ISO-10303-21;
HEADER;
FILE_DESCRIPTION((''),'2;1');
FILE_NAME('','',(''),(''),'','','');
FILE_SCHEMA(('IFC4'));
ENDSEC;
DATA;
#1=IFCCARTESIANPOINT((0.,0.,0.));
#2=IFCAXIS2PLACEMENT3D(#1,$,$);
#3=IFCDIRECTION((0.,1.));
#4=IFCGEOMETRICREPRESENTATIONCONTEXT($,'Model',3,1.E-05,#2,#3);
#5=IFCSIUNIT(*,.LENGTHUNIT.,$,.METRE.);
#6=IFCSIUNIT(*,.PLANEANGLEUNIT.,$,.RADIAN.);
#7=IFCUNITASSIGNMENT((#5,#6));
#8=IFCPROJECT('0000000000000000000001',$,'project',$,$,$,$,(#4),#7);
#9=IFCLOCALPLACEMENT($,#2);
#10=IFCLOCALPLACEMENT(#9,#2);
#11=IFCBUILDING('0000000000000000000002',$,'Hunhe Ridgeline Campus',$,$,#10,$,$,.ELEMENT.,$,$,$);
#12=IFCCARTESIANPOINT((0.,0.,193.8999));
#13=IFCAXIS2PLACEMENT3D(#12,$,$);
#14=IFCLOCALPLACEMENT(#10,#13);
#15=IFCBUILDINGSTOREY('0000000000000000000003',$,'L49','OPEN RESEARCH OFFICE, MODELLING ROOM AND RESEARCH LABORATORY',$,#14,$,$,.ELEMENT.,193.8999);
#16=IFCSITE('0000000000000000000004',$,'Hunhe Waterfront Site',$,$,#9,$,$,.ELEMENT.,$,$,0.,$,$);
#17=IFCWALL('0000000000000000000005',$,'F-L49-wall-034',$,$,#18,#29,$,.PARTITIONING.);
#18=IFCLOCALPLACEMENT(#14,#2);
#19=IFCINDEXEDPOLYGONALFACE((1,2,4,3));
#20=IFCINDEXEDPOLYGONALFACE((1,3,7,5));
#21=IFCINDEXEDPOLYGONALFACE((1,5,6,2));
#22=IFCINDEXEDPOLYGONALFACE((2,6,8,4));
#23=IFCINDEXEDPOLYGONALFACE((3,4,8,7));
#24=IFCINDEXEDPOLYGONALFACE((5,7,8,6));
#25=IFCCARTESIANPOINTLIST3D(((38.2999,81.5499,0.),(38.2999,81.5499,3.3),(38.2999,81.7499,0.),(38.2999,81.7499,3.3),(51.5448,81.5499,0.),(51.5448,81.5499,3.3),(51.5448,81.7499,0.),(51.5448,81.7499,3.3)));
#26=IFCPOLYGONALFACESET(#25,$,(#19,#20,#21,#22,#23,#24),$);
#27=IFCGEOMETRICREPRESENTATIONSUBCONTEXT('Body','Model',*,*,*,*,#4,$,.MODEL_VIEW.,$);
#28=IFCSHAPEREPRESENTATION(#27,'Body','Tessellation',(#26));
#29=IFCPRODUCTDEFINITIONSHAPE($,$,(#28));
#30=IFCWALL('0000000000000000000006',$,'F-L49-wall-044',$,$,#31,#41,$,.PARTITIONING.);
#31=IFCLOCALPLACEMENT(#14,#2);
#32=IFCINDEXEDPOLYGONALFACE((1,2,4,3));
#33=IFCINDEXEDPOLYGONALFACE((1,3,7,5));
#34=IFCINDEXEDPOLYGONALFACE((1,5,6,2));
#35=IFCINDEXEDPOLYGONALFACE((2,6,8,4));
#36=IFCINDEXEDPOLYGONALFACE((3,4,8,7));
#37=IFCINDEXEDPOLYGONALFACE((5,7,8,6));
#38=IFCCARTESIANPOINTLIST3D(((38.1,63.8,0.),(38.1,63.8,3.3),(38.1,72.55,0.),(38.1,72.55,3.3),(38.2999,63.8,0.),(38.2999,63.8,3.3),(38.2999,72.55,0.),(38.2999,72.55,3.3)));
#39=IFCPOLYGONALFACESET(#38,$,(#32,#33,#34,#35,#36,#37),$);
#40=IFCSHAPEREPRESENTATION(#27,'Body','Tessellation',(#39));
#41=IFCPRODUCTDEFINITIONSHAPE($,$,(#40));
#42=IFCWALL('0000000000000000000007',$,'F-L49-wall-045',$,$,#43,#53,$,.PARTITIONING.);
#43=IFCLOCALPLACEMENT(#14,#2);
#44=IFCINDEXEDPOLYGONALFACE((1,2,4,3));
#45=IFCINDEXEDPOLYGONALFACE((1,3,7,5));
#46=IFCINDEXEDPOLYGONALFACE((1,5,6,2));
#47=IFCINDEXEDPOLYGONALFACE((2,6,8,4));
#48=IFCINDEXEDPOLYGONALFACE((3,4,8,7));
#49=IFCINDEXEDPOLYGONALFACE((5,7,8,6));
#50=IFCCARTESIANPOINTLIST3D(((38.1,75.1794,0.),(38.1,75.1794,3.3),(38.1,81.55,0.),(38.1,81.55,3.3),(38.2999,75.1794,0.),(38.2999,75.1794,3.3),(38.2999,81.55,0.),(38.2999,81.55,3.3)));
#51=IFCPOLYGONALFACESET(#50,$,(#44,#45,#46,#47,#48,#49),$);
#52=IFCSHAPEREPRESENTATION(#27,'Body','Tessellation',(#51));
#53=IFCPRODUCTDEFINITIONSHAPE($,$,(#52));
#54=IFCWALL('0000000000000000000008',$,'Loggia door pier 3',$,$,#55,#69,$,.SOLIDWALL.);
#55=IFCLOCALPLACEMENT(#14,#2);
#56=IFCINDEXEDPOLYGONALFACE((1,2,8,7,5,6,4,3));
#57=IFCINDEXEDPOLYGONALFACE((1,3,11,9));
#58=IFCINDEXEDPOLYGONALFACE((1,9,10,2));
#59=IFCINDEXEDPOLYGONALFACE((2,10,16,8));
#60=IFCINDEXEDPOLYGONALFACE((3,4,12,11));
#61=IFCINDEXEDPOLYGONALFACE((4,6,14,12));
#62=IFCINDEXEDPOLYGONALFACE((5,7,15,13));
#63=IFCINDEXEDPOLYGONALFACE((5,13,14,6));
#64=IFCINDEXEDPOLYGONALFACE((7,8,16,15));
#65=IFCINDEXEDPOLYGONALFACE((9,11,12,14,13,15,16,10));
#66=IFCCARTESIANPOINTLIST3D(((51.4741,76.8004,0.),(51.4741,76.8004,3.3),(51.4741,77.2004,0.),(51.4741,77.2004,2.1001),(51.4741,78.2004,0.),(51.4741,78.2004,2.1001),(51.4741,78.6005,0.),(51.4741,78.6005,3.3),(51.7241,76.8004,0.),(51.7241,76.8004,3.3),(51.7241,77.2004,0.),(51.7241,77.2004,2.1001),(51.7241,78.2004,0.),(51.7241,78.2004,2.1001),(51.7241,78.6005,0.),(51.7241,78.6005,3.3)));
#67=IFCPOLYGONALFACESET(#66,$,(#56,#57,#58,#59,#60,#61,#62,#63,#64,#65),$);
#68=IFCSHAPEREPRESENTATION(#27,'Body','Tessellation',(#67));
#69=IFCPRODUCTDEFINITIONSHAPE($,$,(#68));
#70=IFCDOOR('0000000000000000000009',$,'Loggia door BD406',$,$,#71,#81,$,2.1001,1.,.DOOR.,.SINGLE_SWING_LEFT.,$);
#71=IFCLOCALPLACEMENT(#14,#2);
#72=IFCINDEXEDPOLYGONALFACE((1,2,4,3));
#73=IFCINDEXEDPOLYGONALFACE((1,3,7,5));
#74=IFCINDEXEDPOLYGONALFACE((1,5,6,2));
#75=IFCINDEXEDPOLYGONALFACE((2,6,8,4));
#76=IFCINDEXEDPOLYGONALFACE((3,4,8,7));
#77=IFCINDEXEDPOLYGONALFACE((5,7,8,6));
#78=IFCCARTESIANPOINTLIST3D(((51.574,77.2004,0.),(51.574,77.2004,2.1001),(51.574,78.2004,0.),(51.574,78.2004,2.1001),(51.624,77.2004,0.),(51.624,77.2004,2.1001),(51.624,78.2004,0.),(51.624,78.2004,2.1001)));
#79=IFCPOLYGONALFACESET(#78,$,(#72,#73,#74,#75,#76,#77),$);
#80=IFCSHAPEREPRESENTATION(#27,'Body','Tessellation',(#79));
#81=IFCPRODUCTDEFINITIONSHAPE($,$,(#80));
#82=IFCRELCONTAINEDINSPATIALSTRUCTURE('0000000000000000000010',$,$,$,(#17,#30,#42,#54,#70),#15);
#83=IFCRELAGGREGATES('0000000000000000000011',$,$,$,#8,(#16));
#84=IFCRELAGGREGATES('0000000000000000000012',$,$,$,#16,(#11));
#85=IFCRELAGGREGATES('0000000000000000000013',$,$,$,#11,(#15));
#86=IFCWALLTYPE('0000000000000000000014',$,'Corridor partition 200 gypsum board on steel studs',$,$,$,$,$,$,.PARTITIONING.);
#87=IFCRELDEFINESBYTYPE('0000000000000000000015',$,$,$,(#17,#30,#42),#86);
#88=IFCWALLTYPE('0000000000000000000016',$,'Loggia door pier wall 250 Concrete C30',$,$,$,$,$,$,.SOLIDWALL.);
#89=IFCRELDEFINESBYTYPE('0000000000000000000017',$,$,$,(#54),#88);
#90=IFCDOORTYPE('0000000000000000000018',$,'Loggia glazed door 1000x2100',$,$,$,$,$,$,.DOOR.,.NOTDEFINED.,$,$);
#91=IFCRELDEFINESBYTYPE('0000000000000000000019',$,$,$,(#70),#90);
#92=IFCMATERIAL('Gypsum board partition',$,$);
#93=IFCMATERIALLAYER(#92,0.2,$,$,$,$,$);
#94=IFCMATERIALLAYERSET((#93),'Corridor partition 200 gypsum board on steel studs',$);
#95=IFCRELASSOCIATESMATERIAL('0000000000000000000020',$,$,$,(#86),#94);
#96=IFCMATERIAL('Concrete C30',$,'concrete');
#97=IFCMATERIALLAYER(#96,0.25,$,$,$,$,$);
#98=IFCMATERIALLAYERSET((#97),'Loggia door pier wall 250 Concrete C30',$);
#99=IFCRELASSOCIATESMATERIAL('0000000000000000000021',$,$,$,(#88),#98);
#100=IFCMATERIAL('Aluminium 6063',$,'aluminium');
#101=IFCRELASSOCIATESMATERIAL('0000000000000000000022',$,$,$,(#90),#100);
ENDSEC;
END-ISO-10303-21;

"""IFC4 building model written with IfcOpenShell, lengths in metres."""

from ifc_helpers import new_model, si_unit, direction, frame, frame_2d, origin, place, context, subcontext, project, spatial, rectangle, extrude, material, layer, layer_set, type_object, element, fill, save


model = new_model("IFC4")

# Units and contexts
model_context = context("Model", 3, precision=1e-05, world=origin(), true_north=direction((0.0, 1.0)))
body_context = subcontext(model_context, "Body", "Model", "MODEL_VIEW")
ifc_project = project(units=[si_unit("LENGTHUNIT", "METRE"), si_unit("PLANEANGLEUNIT", "RADIAN")], contexts=[model_context])

# Site, building, storey
site_placement = place(None, origin())
site = spatial("IfcSite", under=ifc_project, at=site_placement, Name="Hunhe Waterfront Site", CompositionType="ELEMENT", RefElevation=0.0)
building_placement = place(site_placement, origin())
building = spatial("IfcBuilding", under=site, at=building_placement, Name="Hunhe Ridgeline Campus", CompositionType="ELEMENT")
storey_placement = place(building_placement, frame((0.0, 0.0, 193.8999)))
storey = spatial("IfcBuildingStorey", under=building, at=storey_placement, Name="L49", Description="OPEN RESEARCH OFFICE, MODELLING ROOM AND RESEARCH LABORATORY", CompositionType="ELEMENT", Elevation=193.8999)

# Shared definitions
ifc_material_1 = material(Name="Aluminium 6063", Category="aluminium")

# Shared definitions
ifc_material_2 = material(Name="Gypsum board partition")
ifc_layer_1 = layer(ifc_material_2, 0.2)
ifc_layer_set_1 = layer_set([ifc_layer_1], Name="Corridor partition 200 gypsum board on steel studs")
wall_type_1 = type_object("IfcWallType", Name="Corridor partition 200 gypsum board on steel studs", PredefinedType="PARTITIONING", material=ifc_layer_set_1)

# Walls
wall_1_placement = place(storey_placement, frame((51.5449, 81.6499, 0.0), z_axis=(0.0, 0.0, 1.0), x_axis=(-1.0, 0.0, 0.0)))
element("IfcWall", 1, at=wall_1_placement, inside=storey, type_object=wall_type_1, Name="F-L49-wall-034", PredefinedType="PARTITIONING", context=body_context, shape_type="SweptSolid", body=[
    extrude(rectangle(XDim=13.2449, YDim=0.2, at=frame_2d((6.6226, 0.0))), origin(), (0.0, 0.0, 1.0), 3.3),
])
wall_2_placement = place(storey_placement, frame((38.2, 72.55, 0.0), z_axis=(0.0, 0.0, 1.0), x_axis=(0.0, -1.0, 0.0)))
element("IfcWall", 2, at=wall_2_placement, inside=storey, type_object=wall_type_1, Name="F-L49-wall-044", PredefinedType="PARTITIONING", context=body_context, shape_type="SweptSolid", body=[
    extrude(rectangle(XDim=8.75, YDim=0.2, at=frame_2d((4.375, 0.0))), origin(), (0.0, 0.0, 1.0), 3.3),
])
wall_3_placement = place(storey_placement, frame((38.2, 81.55, 0.0), z_axis=(0.0, 0.0, 1.0), x_axis=(0.0, -1.0, 0.0)))
element("IfcWall", 3, at=wall_3_placement, inside=storey, type_object=wall_type_1, Name="F-L49-wall-045", PredefinedType="PARTITIONING", context=body_context, shape_type="SweptSolid", body=[
    extrude(rectangle(XDim=6.3706, YDim=0.2, at=frame_2d((3.1853, 0.0))), origin(), (0.0, 0.0, 1.0), 3.3),
])

# Wall, opening, door
ifc_material_3 = material(Name="Concrete C30", Category="concrete")
ifc_layer_2 = layer(ifc_material_3, 0.25)
ifc_layer_set_2 = layer_set([ifc_layer_2], Name="Loggia door pier wall 250 Concrete C30")
wall_type_2 = type_object("IfcWallType", Name="Loggia door pier wall 250 Concrete C30", PredefinedType="SOLIDWALL", material=ifc_layer_set_2)
wall_4_placement = place(storey_placement, frame((51.5991, 76.8005, 0.0), z_axis=(0.0, 0.0, 1.0), x_axis=(0.0, 1.0, 0.0)))
wall_4 = element("IfcWall", 4, at=wall_4_placement, inside=storey, type_object=wall_type_2, Name="Loggia door pier 3", PredefinedType="SOLIDWALL", context=body_context, shape_type="SweptSolid", body=[
    extrude(rectangle(XDim=1.8, YDim=0.25, at=frame_2d((0.8999, 0.0))), origin(), (0.0, 0.0, 1.0), 3.3),
])
opening_1_placement = place(wall_4_placement, frame((0.3999, 0.0, 0.0)))
opening_1 = element("IfcOpeningElement", 5, at=opening_1_placement, cuts=wall_4, PredefinedType="OPENING", context=body_context, shape_type="SweptSolid", body=[
    extrude(rectangle(XDim=1.0, YDim=2.1001, at=frame_2d((0.5, 1.05))), frame((0.0, 0.125, 0.0), z_axis=(0.0, -1.0, 0.0), x_axis=(1.0, 0.0, 0.0)), (0.0, 0.0, 1.0), 0.25),
])
door_type_1 = type_object("IfcDoorType", Name="Loggia glazed door 1000x2100", OperationType="NOTDEFINED", PredefinedType="DOOR", material=ifc_material_1)
door_1_placement = place(opening_1_placement, frame((1.0, 0.0, 0.0), z_axis=(0.0, 0.0, 1.0), x_axis=(-1.0, 0.0, 0.0)))
door_1 = element("IfcDoor", 6, at=door_1_placement, inside=storey, type_object=door_type_1, Name="Loggia door BD406", OperationType="SINGLE_SWING_LEFT", OverallHeight=2.1001, OverallWidth=1.0, PredefinedType="DOOR", context=body_context, shape_type="SweptSolid", body=[
    extrude(rectangle(XDim=1.0, YDim=2.1001, at=frame_2d((0.5, 1.05))), frame((0.0, 0.0249, 0.0), z_axis=(0.0, -1.0, 0.0), x_axis=(1.0, 0.0, 0.0)), (0.0, 0.0, 1.0), 0.05),
])
fill(opening_1, door_1)

save(model, "model.ifc")
